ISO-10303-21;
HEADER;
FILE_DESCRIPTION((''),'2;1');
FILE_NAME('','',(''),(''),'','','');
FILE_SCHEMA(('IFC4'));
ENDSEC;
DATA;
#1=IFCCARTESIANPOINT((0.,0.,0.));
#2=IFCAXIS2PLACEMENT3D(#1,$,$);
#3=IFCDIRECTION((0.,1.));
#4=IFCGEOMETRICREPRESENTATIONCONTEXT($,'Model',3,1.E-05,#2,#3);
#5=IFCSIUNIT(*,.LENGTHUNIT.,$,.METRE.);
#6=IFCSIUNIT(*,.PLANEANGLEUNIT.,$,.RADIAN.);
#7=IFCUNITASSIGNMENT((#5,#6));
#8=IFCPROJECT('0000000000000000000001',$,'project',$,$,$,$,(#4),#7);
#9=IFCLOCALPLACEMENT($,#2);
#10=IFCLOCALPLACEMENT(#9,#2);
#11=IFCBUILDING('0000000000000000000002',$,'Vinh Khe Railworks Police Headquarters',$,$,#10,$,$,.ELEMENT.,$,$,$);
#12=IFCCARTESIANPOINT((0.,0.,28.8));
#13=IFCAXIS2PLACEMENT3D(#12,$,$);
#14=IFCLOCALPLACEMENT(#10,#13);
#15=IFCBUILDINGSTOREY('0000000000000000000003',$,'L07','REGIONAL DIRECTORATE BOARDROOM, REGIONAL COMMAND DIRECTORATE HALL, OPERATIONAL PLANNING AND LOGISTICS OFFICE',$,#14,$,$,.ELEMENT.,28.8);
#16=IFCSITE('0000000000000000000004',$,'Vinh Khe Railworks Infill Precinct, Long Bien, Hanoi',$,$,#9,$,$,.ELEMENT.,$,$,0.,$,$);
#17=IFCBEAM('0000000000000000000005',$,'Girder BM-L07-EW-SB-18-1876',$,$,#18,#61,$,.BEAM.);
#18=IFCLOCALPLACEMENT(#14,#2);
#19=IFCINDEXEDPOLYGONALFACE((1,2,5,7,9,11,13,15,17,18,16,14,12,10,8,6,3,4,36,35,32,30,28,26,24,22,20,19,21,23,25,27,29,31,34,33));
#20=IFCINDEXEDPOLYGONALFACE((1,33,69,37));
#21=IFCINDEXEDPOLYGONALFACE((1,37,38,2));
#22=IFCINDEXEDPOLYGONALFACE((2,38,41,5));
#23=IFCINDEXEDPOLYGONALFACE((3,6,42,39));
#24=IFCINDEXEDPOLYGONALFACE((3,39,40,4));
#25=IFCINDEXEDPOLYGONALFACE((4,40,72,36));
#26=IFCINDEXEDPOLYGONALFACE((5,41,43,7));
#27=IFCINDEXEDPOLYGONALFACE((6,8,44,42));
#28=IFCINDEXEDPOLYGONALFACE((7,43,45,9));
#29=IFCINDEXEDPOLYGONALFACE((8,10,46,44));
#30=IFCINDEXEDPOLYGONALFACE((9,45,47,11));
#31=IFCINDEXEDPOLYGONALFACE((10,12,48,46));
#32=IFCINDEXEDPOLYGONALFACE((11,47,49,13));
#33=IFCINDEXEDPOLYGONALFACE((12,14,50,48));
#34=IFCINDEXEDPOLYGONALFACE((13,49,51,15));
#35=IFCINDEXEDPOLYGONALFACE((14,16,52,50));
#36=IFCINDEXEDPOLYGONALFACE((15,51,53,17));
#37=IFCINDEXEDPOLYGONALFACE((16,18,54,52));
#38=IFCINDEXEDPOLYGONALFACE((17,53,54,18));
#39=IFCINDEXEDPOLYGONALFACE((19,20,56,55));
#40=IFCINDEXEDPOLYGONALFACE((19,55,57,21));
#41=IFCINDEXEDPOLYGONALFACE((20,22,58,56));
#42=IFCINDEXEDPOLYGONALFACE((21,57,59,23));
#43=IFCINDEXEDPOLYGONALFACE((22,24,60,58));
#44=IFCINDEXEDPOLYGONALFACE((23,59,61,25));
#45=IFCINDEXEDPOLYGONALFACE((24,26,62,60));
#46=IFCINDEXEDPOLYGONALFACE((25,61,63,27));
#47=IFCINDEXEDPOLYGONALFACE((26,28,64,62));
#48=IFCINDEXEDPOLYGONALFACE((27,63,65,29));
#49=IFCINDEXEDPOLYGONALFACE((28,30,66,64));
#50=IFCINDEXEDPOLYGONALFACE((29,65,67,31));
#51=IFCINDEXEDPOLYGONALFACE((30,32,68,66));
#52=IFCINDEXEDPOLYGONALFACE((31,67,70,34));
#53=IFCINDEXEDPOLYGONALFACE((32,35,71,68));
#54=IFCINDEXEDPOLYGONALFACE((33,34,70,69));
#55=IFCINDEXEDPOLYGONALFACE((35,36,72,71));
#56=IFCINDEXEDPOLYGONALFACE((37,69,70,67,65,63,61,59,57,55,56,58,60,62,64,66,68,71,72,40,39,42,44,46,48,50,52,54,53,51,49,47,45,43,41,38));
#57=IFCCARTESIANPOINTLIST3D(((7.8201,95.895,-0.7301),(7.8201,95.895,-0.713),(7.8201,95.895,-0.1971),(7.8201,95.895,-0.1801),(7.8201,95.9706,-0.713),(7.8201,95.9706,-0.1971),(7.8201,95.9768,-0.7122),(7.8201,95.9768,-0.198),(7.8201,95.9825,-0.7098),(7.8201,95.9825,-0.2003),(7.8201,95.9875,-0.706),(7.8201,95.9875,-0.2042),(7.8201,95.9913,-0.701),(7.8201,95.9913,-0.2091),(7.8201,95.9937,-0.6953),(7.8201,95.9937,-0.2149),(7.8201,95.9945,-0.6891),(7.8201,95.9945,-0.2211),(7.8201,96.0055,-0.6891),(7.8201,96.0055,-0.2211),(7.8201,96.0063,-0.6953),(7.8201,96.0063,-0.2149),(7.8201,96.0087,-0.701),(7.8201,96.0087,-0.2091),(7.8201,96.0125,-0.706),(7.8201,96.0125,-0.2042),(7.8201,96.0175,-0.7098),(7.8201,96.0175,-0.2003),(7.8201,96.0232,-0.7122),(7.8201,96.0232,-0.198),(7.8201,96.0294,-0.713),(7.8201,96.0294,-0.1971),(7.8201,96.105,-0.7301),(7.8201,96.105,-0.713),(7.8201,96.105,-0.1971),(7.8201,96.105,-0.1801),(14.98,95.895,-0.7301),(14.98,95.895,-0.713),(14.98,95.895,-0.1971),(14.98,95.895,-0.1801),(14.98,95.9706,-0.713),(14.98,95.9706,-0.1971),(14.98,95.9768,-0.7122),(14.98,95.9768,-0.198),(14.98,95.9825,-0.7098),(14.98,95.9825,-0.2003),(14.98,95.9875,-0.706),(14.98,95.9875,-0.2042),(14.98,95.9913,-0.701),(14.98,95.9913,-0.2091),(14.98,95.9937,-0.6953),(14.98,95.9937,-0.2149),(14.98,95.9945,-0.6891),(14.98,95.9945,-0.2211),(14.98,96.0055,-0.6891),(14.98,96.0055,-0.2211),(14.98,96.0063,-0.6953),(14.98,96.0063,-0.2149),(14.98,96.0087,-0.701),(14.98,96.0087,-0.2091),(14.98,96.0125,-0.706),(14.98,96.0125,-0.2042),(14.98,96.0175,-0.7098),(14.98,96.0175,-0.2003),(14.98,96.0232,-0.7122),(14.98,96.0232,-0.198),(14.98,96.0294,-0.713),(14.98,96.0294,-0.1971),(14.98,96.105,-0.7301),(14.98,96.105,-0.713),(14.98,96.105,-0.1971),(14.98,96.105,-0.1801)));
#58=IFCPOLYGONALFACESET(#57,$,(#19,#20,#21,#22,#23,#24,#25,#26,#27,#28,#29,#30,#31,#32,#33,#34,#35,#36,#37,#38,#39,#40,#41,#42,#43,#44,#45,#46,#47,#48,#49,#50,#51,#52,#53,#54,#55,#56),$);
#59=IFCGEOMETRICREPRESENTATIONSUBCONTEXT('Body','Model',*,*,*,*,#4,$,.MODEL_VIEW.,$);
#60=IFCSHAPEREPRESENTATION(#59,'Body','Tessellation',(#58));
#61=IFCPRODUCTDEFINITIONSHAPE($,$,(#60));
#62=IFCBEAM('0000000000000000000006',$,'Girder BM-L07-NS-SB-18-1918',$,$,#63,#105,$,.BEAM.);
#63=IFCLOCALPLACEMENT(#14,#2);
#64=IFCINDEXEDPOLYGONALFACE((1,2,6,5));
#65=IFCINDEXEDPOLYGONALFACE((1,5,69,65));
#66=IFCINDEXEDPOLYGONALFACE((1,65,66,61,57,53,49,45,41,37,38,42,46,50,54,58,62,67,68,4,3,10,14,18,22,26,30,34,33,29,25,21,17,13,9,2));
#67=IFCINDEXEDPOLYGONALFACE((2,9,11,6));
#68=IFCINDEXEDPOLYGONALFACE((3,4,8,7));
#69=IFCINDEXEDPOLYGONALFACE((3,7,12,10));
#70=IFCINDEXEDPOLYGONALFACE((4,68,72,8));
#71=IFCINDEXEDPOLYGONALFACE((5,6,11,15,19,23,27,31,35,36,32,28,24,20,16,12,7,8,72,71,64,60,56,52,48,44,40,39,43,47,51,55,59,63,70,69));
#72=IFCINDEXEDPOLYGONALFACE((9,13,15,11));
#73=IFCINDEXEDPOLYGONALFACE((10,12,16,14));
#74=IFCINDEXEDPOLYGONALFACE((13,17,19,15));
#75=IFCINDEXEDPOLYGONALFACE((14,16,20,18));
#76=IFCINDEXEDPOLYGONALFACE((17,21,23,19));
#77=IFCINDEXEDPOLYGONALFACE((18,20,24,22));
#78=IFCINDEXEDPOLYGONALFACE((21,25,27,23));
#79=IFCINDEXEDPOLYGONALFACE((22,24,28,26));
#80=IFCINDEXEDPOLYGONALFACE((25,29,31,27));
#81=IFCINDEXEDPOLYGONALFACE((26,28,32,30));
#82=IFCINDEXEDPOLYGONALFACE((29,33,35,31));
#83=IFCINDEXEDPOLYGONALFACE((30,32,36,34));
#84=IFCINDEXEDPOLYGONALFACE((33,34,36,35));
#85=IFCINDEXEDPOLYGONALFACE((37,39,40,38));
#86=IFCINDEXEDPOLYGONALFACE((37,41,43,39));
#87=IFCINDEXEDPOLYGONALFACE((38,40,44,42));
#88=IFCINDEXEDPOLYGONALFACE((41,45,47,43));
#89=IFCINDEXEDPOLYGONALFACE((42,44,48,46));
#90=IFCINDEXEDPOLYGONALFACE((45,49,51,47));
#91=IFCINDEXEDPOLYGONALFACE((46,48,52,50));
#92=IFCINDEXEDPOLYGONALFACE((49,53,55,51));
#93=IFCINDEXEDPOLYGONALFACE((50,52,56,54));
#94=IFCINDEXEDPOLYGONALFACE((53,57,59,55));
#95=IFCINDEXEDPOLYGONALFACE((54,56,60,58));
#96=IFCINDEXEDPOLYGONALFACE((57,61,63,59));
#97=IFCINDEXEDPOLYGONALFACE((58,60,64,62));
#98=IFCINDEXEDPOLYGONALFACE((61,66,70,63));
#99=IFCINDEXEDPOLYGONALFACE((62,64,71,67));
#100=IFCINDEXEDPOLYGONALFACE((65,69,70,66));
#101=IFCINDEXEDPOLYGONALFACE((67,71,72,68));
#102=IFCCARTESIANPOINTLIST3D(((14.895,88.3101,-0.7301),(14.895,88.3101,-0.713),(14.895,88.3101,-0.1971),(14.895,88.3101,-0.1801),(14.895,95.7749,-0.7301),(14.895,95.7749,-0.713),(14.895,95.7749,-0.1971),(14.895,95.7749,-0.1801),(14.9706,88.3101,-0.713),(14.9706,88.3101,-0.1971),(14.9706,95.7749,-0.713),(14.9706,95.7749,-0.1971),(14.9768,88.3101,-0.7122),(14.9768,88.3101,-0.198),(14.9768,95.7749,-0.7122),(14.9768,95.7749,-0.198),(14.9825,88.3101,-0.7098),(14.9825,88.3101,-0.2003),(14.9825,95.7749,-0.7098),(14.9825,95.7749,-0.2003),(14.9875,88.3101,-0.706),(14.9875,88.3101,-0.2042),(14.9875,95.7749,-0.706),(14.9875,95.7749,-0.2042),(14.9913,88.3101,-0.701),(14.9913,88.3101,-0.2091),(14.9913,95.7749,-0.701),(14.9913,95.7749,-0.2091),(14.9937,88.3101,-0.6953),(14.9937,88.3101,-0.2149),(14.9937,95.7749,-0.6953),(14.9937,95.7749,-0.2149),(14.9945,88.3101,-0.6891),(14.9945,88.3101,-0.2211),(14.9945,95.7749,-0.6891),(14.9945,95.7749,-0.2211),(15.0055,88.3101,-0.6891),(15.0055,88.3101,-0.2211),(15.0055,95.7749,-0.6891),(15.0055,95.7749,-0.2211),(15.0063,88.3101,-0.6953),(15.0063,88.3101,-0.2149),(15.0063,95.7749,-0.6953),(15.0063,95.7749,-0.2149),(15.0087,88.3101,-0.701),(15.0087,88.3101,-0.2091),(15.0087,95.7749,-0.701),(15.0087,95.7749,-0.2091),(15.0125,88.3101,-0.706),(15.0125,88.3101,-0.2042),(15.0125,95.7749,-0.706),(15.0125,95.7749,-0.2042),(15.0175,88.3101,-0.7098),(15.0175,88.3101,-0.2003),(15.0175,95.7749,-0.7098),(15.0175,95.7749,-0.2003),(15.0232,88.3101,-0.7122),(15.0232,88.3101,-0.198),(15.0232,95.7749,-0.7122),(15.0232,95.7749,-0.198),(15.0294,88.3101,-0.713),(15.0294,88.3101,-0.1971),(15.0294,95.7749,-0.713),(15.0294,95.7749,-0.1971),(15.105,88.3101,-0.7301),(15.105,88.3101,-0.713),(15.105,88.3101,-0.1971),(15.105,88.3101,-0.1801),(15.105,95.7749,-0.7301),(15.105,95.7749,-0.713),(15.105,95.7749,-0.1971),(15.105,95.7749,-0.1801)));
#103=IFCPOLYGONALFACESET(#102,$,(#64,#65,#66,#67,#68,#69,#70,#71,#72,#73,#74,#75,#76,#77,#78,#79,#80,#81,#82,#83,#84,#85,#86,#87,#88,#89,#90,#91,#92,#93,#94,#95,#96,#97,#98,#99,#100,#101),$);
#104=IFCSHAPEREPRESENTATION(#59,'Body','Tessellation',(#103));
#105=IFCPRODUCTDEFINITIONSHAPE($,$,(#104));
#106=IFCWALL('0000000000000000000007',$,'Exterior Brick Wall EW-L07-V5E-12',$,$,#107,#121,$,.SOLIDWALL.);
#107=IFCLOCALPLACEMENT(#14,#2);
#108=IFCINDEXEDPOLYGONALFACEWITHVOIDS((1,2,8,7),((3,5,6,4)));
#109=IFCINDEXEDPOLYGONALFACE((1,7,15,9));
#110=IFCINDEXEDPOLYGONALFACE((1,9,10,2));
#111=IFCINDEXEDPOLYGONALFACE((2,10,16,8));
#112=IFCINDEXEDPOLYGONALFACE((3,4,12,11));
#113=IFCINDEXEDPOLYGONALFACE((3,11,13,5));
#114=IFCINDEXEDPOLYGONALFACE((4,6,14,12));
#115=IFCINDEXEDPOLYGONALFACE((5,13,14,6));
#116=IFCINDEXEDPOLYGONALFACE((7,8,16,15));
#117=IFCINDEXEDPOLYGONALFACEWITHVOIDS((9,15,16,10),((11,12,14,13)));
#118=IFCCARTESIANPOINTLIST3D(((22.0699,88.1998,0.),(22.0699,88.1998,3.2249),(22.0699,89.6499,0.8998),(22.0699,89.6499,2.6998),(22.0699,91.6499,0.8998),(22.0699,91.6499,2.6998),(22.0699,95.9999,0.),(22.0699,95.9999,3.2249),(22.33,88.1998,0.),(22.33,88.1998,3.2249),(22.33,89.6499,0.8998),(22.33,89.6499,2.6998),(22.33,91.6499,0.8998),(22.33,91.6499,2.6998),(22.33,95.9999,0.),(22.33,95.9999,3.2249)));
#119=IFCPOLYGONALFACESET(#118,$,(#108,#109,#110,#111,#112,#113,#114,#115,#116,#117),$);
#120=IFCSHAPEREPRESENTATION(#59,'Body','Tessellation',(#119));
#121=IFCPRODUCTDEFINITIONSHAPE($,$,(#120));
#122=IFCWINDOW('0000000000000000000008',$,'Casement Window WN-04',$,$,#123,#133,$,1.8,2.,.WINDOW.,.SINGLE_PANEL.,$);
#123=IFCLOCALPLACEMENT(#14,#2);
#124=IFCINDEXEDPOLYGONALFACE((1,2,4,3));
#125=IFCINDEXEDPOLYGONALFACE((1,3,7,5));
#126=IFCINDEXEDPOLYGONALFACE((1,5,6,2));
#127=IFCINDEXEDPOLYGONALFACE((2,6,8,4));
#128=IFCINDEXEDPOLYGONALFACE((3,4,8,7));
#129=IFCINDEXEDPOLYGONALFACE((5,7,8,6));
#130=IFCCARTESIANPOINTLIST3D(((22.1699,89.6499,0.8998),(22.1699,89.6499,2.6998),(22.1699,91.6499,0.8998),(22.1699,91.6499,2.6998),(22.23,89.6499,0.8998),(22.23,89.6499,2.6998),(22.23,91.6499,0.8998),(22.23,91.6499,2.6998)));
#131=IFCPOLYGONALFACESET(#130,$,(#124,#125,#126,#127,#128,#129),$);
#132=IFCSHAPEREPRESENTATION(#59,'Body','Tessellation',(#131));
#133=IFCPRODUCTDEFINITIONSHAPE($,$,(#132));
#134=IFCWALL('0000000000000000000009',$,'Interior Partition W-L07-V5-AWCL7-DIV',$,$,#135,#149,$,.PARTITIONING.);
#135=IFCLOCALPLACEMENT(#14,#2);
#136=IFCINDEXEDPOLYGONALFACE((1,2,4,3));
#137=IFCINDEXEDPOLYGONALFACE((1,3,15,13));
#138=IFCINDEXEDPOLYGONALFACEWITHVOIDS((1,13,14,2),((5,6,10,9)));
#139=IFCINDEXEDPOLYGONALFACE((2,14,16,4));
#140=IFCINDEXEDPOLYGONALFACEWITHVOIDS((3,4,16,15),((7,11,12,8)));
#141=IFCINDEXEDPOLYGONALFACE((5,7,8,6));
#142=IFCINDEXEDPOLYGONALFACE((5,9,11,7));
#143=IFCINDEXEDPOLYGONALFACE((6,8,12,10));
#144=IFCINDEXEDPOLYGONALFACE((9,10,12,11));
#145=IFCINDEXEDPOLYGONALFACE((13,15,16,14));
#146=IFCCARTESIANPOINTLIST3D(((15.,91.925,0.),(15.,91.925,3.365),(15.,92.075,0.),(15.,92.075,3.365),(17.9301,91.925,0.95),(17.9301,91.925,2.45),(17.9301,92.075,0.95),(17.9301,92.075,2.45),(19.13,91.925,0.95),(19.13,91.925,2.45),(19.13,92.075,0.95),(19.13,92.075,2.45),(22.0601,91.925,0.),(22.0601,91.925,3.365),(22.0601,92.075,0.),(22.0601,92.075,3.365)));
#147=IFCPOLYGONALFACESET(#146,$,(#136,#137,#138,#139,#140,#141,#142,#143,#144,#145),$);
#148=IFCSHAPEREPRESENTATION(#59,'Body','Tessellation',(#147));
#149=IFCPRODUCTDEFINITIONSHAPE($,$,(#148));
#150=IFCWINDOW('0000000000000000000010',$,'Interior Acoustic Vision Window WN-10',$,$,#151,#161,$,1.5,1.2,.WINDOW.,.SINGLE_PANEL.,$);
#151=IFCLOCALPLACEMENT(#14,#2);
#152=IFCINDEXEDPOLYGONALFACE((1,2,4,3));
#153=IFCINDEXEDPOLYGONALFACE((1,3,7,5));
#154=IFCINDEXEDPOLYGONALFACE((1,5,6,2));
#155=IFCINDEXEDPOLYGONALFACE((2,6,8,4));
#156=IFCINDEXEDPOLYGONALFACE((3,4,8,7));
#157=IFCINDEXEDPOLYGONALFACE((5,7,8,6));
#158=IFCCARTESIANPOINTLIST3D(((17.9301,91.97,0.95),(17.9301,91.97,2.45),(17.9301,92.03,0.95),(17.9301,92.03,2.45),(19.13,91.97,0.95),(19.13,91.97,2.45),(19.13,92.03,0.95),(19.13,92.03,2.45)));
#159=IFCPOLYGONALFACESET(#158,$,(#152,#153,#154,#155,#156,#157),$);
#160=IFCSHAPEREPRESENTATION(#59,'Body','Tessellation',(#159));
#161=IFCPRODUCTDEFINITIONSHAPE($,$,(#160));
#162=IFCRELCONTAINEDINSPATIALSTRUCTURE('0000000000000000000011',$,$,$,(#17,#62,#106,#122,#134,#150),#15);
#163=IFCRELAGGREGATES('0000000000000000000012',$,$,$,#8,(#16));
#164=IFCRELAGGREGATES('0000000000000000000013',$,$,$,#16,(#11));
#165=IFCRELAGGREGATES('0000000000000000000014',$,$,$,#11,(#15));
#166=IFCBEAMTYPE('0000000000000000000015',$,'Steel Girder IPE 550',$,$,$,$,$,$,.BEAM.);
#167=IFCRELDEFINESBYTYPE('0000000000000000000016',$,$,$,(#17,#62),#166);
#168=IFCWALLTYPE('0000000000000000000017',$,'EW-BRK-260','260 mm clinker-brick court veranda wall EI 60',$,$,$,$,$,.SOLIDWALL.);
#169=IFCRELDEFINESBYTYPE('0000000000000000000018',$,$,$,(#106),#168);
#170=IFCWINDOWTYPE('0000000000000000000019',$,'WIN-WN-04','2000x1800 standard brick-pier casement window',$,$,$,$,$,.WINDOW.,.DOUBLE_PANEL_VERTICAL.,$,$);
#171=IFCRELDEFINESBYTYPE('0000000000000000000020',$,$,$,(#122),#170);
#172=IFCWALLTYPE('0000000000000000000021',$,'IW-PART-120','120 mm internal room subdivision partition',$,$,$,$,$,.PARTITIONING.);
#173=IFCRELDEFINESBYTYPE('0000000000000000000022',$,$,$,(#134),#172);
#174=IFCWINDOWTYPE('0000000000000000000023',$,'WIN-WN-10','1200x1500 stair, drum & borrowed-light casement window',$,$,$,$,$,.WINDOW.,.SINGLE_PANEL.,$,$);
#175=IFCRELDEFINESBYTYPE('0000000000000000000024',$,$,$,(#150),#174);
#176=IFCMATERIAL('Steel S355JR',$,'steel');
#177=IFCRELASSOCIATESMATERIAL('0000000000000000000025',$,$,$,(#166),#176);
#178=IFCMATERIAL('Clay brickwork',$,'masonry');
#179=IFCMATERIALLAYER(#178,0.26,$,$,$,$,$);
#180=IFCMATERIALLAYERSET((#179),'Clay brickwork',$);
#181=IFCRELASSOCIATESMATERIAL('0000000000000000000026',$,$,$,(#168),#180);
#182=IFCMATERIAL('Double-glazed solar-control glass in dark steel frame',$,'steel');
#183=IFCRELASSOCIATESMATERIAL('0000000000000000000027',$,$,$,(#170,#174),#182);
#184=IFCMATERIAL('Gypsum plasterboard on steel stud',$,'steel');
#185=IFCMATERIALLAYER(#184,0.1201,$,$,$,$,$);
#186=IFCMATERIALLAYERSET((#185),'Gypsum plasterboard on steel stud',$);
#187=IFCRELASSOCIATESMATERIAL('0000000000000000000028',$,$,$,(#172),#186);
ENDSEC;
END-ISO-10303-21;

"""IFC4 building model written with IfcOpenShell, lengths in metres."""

from ifc_helpers import new_model, si_unit, direction, frame, frame_2d, origin, origin_2d, place, context, subcontext, project, spatial, rectangle, i_section, extrude, material, layer, layer_set, material_profile, profile_set, type_object, element, fill, save


model = new_model("IFC4")

# Units and contexts
model_context = context("Model", 3, precision=1e-05, world=origin(), true_north=direction((0.0, 1.0)))
body_context = subcontext(model_context, "Body", "Model", "MODEL_VIEW")
ifc_project = project(units=[si_unit("LENGTHUNIT", "METRE"), si_unit("PLANEANGLEUNIT", "RADIAN")], contexts=[model_context])

# Site, building, storey
site_placement = place(None, origin())
site = spatial("IfcSite", under=ifc_project, at=site_placement, Name="Vinh Khe Railworks Infill Precinct, Long Bien, Hanoi", CompositionType="ELEMENT", RefElevation=0.0)
building_placement = place(site_placement, origin())
building = spatial("IfcBuilding", under=site, at=building_placement, Name="Vinh Khe Railworks Police Headquarters", CompositionType="ELEMENT")
storey_placement = place(building_placement, frame((0.0, 0.0, 28.8)))
storey = spatial("IfcBuildingStorey", under=building, at=storey_placement, Name="L07", Description="REGIONAL DIRECTORATE BOARDROOM, REGIONAL COMMAND DIRECTORATE HALL, OPERATIONAL PLANNING AND LOGISTICS OFFICE", CompositionType="ELEMENT", Elevation=28.8)

# Shared definitions
ifc_material_1 = material(Name="Steel S355JR", Category="steel")

# Beams
ifc_material_profile_1 = material_profile(ifc_material_1, i_section(OverallWidth=0.21, OverallDepth=0.55, WebThickness=0.011, FlangeThickness=0.0171, FilletRadius=0.0239, at=origin_2d()), Name="IPE 550")
ifc_profile_set_1 = profile_set([ifc_material_profile_1], Name="Steel S355JR")
beam_type_1 = type_object("IfcBeamType", Name="Steel Girder IPE 550", PredefinedType="BEAM", material=ifc_profile_set_1)
beam_1_placement = place(storey_placement, frame((7.8201, 96.0, -0.4551), z_axis=(1.0, 0.0, 0.0), x_axis=(0.0, 1.0, 0.0)))
element("IfcBeam", 1, at=beam_1_placement, inside=storey, type_object=beam_type_1, Name="Girder BM-L07-EW-SB-18-1876", PredefinedType="BEAM", context=body_context, shape_type="SweptSolid", body=[
    extrude(i_section(OverallWidth=0.21, OverallDepth=0.55, WebThickness=0.011, FlangeThickness=0.0171, FilletRadius=0.0239, at=origin_2d()), origin(), (0.0, 0.0, 1.0), 7.1599),
])
beam_2_placement = place(storey_placement, frame((15.0, 88.3101, -0.4551), z_axis=(0.0, 1.0, 0.0), x_axis=(-1.0, 0.0, 0.0)))
element("IfcBeam", 2, at=beam_2_placement, inside=storey, type_object=beam_type_1, Name="Girder BM-L07-NS-SB-18-1918", PredefinedType="BEAM", context=body_context, shape_type="SweptSolid", body=[
    extrude(i_section(OverallWidth=0.21, OverallDepth=0.55, WebThickness=0.011, FlangeThickness=0.0171, FilletRadius=0.0239, at=origin_2d()), origin(), (0.0, 0.0, 1.0), 7.4648),
])

# Walls, openings, windows
ifc_material_2 = material(Name="Clay brickwork", Category="masonry")
ifc_layer_1 = layer(ifc_material_2, 0.26)
ifc_layer_set_1 = layer_set([ifc_layer_1], Name="Clay brickwork")
wall_type_1 = type_object("IfcWallType", Name="EW-BRK-260", Description="260 mm clinker-brick court veranda wall EI 60", PredefinedType="SOLIDWALL", material=ifc_layer_set_1)
wall_1_placement = place(storey_placement, frame((22.2, 88.2, 0.0), z_axis=(0.0, 0.0, 1.0), x_axis=(0.0, 1.0, 0.0)))
wall_1 = element("IfcWall", 3, at=wall_1_placement, inside=storey, type_object=wall_type_1, Name="Exterior Brick Wall EW-L07-V5E-12", PredefinedType="SOLIDWALL", context=body_context, shape_type="SweptSolid", body=[
    extrude(rectangle(XDim=7.8, YDim=0.26, at=frame_2d((3.8999, 0.0))), origin(), (0.0, 0.0, 1.0), 3.2249),
])
opening_1_placement = place(wall_1_placement, frame((1.45, 0.0, 0.8999)))
opening_1 = element("IfcOpeningElement", 4, at=opening_1_placement, cuts=wall_1, PredefinedType="OPENING", context=body_context, shape_type="SweptSolid", body=[
    extrude(rectangle(XDim=2.0, YDim=1.8, at=frame_2d((1.0, 0.8999))), frame((0.0, 0.145, 0.0), z_axis=(0.0, -1.0, 0.0), x_axis=(1.0, 0.0, 0.0)), (0.0, 0.0, 1.0), 0.2898),
])
ifc_material_3 = material(Name="Double-glazed solar-control glass in dark steel frame", Category="steel")
window_type_1 = type_object("IfcWindowType", Name="WIN-WN-04", Description="2000x1800 standard brick-pier casement window", PartitioningType="DOUBLE_PANEL_VERTICAL", PredefinedType="WINDOW", material=ifc_material_3)
window_1_placement = place(opening_1_placement, origin())
window_1 = element("IfcWindow", 5, at=window_1_placement, inside=storey, type_object=window_type_1, Name="Casement Window WN-04", OverallHeight=1.8, OverallWidth=2.0, PartitioningType="SINGLE_PANEL", PredefinedType="WINDOW", context=body_context, shape_type="SweptSolid", body=[
    extrude(rectangle(XDim=2.0, YDim=1.8, at=frame_2d((1.0, 0.8999))), frame((0.0, 0.03, 0.0), z_axis=(0.0, -1.0, 0.0), x_axis=(1.0, 0.0, 0.0)), (0.0, 0.0, 1.0), 0.0601),
])
fill(opening_1, window_1)
ifc_material_4 = material(Name="Gypsum plasterboard on steel stud", Category="steel")
ifc_layer_2 = layer(ifc_material_4, 0.1201)
ifc_layer_set_2 = layer_set([ifc_layer_2], Name="Gypsum plasterboard on steel stud")
wall_type_2 = type_object("IfcWallType", Name="IW-PART-120", Description="120 mm internal room subdivision partition", PredefinedType="PARTITIONING", material=ifc_layer_set_2)
wall_2_placement = place(storey_placement, frame((15.0, 92.0, 0.0), z_axis=(0.0, 0.0, 1.0), x_axis=(1.0, 0.0, 0.0)))
wall_2 = element("IfcWall", 6, at=wall_2_placement, inside=storey, type_object=wall_type_2, Name="Interior Partition W-L07-V5-AWCL7-DIV", PredefinedType="PARTITIONING", context=body_context, shape_type="SweptSolid", body=[
    extrude(rectangle(XDim=7.0601, YDim=0.1499, at=frame_2d((3.53, 0.0))), origin(), (0.0, 0.0, 1.0), 3.365),
])
opening_2_placement = place(wall_2_placement, frame((2.9299, 0.0, 0.95)))
opening_2 = element("IfcOpeningElement", 7, at=opening_2_placement, cuts=wall_2, PredefinedType="OPENING", context=body_context, shape_type="SweptSolid", body=[
    extrude(rectangle(XDim=1.2, YDim=1.5, at=frame_2d((0.6001, 0.75))), frame((0.0, 0.0898, 0.0), z_axis=(0.0, -1.0, 0.0), x_axis=(1.0, 0.0, 0.0)), (0.0, 0.0, 1.0), 0.1797),
])
window_type_2 = type_object("IfcWindowType", Name="WIN-WN-10", Description="1200x1500 stair, drum & borrowed-light casement window", PartitioningType="SINGLE_PANEL", PredefinedType="WINDOW", material=ifc_material_3)
window_2_placement = place(opening_2_placement, origin())
window_2 = element("IfcWindow", 8, at=window_2_placement, inside=storey, type_object=window_type_2, Name="Interior Acoustic Vision Window WN-10", OverallHeight=1.5, OverallWidth=1.2, PartitioningType="SINGLE_PANEL", PredefinedType="WINDOW", context=body_context, shape_type="SweptSolid", body=[
    extrude(rectangle(XDim=1.2, YDim=1.5, at=frame_2d((0.6001, 0.75))), frame((0.0, 0.03, 0.0), z_axis=(0.0, -1.0, 0.0), x_axis=(1.0, 0.0, 0.0)), (0.0, 0.0, 1.0), 0.0601),
])
fill(opening_2, window_2)

save(model, "model.ifc")
